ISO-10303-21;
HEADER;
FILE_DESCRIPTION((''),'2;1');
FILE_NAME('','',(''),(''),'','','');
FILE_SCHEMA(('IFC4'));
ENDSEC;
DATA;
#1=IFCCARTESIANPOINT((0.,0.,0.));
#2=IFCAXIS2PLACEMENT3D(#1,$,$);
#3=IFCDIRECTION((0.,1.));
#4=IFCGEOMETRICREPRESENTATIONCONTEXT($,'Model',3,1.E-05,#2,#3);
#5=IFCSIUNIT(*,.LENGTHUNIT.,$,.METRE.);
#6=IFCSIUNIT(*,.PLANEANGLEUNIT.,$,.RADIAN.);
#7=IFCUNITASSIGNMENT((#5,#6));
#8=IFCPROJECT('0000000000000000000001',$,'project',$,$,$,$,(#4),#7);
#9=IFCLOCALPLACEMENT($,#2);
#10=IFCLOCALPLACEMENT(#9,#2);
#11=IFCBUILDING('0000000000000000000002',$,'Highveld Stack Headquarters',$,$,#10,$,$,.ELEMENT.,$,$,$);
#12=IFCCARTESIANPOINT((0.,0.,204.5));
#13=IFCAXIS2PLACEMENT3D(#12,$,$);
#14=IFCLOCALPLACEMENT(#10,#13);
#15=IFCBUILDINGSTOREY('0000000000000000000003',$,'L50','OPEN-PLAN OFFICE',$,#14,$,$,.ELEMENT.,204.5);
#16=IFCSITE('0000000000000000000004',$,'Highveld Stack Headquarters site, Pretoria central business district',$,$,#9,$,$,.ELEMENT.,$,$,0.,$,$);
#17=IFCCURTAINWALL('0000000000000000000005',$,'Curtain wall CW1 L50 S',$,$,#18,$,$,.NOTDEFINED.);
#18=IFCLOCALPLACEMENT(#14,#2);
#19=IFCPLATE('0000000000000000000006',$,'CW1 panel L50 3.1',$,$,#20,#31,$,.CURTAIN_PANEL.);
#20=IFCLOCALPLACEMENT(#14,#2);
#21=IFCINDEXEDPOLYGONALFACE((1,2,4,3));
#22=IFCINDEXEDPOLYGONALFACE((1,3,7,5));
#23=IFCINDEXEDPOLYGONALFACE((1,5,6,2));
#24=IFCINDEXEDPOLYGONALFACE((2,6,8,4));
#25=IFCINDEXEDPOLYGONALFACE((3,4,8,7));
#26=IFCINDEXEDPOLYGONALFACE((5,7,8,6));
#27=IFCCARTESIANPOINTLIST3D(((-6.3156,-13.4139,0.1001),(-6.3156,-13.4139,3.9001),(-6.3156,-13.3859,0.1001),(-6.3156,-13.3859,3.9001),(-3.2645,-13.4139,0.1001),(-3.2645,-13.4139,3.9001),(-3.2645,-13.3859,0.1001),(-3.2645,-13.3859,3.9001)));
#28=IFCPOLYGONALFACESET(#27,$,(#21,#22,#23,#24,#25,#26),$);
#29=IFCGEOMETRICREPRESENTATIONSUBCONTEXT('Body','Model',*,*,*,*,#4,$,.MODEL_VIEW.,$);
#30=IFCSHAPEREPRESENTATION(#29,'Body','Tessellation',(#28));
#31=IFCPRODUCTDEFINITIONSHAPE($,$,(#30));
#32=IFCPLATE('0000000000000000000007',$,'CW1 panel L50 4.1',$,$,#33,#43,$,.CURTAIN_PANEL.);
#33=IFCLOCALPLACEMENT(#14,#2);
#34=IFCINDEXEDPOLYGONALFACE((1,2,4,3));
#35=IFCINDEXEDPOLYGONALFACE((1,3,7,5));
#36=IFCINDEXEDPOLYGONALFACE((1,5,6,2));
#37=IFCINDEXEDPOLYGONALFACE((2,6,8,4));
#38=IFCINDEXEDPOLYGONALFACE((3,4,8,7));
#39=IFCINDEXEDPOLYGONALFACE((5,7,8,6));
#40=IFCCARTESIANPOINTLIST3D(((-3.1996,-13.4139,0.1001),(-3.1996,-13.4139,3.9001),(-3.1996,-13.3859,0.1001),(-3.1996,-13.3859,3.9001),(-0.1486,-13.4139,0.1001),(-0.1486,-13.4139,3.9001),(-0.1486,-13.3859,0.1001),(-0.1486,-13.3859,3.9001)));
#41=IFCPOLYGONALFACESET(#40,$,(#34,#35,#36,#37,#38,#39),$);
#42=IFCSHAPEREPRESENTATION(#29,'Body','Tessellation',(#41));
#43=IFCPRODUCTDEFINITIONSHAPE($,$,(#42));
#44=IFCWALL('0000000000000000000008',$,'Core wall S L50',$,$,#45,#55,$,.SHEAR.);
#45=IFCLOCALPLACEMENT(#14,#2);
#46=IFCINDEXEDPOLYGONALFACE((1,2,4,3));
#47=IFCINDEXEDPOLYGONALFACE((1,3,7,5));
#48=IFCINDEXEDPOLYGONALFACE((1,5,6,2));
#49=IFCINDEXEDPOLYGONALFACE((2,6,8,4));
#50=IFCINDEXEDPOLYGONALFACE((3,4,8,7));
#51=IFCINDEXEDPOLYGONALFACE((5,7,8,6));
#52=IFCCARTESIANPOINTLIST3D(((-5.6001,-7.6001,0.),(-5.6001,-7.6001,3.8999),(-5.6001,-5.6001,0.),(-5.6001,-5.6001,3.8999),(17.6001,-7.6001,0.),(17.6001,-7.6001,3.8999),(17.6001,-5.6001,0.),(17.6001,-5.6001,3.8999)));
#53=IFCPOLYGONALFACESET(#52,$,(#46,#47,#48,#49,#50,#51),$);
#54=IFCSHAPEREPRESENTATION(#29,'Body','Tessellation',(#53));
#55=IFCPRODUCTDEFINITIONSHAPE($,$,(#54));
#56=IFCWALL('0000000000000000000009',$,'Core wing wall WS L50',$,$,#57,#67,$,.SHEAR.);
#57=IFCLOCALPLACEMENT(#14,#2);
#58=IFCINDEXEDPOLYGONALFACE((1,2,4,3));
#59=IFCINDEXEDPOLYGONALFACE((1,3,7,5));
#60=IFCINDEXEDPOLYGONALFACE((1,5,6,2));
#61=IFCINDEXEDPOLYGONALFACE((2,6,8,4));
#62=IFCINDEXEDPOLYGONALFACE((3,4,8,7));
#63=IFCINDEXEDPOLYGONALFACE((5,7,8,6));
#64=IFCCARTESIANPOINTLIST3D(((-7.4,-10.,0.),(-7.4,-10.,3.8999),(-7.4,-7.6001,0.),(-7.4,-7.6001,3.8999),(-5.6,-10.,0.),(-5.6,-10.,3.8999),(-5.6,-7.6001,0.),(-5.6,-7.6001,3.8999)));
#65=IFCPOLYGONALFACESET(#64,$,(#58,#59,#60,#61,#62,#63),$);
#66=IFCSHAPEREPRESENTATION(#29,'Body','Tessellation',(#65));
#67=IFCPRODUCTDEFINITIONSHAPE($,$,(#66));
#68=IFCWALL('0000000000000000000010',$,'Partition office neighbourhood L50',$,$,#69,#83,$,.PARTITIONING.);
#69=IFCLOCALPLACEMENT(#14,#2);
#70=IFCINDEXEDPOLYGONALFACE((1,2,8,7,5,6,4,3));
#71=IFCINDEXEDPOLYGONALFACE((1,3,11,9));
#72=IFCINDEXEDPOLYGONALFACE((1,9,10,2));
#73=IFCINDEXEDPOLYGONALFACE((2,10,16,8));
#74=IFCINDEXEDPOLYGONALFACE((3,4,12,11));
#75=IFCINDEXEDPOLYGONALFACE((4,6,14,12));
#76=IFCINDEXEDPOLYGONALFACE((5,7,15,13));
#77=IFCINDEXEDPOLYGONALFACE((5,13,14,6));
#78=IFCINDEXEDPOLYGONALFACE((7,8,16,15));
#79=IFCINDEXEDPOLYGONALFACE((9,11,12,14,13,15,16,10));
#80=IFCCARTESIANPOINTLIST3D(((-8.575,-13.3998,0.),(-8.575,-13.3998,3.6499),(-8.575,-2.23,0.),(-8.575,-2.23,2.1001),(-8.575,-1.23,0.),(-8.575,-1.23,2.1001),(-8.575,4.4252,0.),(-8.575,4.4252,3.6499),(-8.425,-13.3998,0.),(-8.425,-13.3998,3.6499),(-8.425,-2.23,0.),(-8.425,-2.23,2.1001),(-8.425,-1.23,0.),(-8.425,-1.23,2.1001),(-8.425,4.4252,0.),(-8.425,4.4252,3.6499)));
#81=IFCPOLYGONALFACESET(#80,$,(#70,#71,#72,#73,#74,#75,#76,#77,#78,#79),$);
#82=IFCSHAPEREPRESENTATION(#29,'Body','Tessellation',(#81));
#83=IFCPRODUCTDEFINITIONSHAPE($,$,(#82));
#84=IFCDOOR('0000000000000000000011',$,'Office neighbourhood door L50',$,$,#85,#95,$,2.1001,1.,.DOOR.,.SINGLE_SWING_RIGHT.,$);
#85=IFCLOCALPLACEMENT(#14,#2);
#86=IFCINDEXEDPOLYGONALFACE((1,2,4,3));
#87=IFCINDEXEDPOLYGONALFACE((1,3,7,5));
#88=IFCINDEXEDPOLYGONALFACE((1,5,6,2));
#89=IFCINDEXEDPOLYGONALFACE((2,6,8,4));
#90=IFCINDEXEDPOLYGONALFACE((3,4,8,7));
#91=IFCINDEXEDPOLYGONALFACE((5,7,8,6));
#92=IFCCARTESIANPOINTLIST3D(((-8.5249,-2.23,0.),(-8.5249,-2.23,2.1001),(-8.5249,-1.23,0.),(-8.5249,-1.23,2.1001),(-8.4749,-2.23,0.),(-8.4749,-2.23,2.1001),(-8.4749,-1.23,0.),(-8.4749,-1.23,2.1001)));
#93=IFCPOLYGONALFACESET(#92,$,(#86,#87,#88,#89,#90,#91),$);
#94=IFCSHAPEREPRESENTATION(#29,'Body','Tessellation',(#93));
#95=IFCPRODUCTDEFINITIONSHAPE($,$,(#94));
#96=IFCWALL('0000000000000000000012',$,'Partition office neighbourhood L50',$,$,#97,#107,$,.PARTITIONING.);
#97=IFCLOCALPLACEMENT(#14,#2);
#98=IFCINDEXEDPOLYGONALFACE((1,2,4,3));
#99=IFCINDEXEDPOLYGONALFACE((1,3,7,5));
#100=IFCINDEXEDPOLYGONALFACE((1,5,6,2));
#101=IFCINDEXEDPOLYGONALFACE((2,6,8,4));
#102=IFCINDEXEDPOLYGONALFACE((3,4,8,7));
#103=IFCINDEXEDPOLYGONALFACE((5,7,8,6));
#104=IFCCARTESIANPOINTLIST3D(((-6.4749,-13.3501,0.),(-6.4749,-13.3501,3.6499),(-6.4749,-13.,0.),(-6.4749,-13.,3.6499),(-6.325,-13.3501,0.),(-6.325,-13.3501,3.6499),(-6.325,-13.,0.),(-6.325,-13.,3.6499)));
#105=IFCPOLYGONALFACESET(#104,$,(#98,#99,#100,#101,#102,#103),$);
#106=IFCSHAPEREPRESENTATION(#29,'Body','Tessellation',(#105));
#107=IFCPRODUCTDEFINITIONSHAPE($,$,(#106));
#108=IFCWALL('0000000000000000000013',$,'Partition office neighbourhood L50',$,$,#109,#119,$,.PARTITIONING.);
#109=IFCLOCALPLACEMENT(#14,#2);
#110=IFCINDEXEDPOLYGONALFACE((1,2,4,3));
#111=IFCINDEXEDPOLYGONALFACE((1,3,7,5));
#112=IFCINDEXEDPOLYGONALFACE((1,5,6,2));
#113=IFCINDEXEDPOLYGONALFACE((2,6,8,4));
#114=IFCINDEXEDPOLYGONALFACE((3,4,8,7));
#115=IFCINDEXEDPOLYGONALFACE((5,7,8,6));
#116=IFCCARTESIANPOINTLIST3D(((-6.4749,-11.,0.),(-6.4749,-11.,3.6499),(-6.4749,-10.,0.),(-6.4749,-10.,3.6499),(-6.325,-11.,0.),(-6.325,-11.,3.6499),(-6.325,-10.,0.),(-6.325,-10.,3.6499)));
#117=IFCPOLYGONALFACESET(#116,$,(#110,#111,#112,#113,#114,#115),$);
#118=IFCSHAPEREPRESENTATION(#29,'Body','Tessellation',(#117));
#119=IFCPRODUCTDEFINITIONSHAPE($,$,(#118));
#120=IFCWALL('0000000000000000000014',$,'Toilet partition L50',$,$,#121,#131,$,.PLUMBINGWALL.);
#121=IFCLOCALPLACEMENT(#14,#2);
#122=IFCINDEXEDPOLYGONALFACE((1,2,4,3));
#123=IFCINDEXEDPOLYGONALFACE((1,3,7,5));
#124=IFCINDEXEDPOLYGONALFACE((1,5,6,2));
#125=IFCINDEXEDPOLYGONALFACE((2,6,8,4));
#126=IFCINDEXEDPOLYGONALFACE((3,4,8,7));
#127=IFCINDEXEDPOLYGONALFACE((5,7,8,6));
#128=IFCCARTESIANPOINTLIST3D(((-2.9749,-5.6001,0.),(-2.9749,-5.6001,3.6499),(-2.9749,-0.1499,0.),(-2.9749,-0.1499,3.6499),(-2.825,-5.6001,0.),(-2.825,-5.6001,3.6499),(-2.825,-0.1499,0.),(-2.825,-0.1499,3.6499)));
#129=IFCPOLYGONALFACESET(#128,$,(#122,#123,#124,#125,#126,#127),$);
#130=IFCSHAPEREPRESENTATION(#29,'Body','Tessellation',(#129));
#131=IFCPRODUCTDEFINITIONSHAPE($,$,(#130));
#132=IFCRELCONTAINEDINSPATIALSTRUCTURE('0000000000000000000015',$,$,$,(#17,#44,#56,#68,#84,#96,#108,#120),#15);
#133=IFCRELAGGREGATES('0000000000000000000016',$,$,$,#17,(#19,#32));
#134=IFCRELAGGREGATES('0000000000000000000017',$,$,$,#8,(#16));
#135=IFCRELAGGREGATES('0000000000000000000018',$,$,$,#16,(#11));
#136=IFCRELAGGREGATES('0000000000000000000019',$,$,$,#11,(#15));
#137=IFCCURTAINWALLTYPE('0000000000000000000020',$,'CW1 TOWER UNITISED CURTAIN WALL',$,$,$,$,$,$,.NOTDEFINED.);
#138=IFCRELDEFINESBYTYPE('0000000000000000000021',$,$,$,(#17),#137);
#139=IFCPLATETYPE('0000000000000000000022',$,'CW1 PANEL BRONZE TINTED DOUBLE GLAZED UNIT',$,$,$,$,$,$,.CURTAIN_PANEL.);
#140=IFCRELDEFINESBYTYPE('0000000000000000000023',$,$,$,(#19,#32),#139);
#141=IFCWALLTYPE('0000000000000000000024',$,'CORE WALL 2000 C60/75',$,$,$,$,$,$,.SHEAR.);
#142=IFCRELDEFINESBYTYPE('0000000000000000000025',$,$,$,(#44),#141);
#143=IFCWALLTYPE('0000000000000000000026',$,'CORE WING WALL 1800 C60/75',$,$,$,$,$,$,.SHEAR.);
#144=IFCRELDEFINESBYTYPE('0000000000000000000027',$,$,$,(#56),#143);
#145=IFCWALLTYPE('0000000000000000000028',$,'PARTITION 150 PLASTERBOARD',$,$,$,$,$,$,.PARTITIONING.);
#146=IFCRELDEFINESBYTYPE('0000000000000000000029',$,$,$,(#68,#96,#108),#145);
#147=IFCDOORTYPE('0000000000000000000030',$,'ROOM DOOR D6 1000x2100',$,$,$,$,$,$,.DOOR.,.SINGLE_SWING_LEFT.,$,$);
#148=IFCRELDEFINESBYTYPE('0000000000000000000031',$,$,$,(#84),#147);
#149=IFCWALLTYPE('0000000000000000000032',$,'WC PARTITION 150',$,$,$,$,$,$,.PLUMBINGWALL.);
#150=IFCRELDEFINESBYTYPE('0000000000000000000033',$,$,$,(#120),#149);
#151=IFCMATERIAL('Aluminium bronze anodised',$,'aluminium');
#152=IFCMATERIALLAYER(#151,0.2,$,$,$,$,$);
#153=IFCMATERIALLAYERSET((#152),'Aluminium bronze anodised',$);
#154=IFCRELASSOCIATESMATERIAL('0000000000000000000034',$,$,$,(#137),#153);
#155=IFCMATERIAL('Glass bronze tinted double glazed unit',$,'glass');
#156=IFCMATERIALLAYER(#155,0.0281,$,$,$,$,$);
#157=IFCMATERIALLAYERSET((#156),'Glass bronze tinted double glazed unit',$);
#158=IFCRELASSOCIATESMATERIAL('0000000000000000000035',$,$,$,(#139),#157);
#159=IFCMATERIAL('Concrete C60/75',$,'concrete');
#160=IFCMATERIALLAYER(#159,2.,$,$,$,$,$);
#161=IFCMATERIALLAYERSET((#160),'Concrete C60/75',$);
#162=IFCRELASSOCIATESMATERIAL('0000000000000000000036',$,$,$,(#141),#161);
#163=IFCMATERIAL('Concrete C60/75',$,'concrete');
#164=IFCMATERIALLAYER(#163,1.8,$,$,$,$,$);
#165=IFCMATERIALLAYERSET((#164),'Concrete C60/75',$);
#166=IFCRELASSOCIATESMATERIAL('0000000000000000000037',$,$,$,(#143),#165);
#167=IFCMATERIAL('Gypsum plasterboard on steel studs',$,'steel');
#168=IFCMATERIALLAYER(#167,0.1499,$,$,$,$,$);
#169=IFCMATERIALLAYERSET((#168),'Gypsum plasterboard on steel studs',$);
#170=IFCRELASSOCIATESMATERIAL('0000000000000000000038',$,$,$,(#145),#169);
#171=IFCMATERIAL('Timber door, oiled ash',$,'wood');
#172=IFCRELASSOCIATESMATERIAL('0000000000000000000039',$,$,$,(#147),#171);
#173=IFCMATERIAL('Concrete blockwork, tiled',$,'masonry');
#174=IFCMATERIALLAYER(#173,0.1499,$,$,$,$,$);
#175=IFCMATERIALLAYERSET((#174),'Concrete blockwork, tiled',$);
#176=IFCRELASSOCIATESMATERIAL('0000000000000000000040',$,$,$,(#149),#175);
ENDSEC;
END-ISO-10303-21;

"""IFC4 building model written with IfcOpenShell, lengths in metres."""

from ifc_helpers import new_model, si_unit, direction, frame, frame_2d, origin, origin_2d, place, context, subcontext, project, spatial, rectangle, extrude, material, layer, layer_set, type_object, element, fill, aggregate, save


model = new_model("IFC4")

# Units and contexts
model_context = context("Model", 3, precision=1e-05, world=origin(), true_north=direction((0.0, 1.0)))
body_context = subcontext(model_context, "Body", "Model", "MODEL_VIEW")
ifc_project = project(units=[si_unit("LENGTHUNIT", "METRE"), si_unit("PLANEANGLEUNIT", "RADIAN")], contexts=[model_context])

# Site, building, storey
site_placement = place(None, origin())
site = spatial("IfcSite", under=ifc_project, at=site_placement, Name="Highveld Stack Headquarters site, Pretoria central business district", CompositionType="ELEMENT", RefElevation=0.0)
building_placement = place(site_placement, origin())
building = spatial("IfcBuilding", under=site, at=building_placement, Name="Highveld Stack Headquarters", CompositionType="ELEMENT")
storey_placement = place(building_placement, frame((0.0, 0.0, 204.5)))
storey = spatial("IfcBuildingStorey", under=building, at=storey_placement, Name="L50", Description="OPEN-PLAN OFFICE", CompositionType="ELEMENT", Elevation=204.5)

# Curtain wall, plates
ifc_material_1 = material(Name="Aluminium bronze anodised", Category="aluminium")
ifc_layer_1 = layer(ifc_material_1, 0.2)
ifc_layer_set_1 = layer_set([ifc_layer_1], Name="Aluminium bronze anodised")
curtain_wall_type = type_object("IfcCurtainWallType", Name="CW1 TOWER UNITISED CURTAIN WALL", PredefinedType="NOTDEFINED", material=ifc_layer_set_1)
curtain_wall_placement = place(storey_placement, origin())
curtain_wall = element("IfcCurtainWall", 1, at=curtain_wall_placement, inside=storey, type_object=curtain_wall_type, Name="Curtain wall CW1 L50 S", PredefinedType="NOTDEFINED")
ifc_material_2 = material(Name="Glass bronze tinted double glazed unit", Category="glass")
ifc_layer_2 = layer(ifc_material_2, 0.0281)
ifc_layer_set_2 = layer_set([ifc_layer_2], Name="Glass bronze tinted double glazed unit")
plate_type = type_object("IfcPlateType", Name="CW1 PANEL BRONZE TINTED DOUBLE GLAZED UNIT", PredefinedType="CURTAIN_PANEL", material=ifc_layer_set_2)
plate_1_placement = place(storey_placement, frame((-4.79, -13.3999, 0.1001), z_axis=(0.0, 0.0, 1.0), x_axis=(1.0, 0.0, 0.0)))
plate_1 = element("IfcPlate", 2, at=plate_1_placement, type_object=plate_type, Name="CW1 panel L50 3.1", PredefinedType="CURTAIN_PANEL", context=body_context, shape_type="SweptSolid", body=[
    extrude(rectangle(XDim=3.051, YDim=0.0281, at=origin_2d()), origin(), (0.0, 0.0, 1.0), 3.8),
])
plate_2_placement = place(storey_placement, frame((-1.6741, -13.3999, 0.1001), z_axis=(0.0, 0.0, 1.0), x_axis=(1.0, 0.0, 0.0)))
plate_2 = element("IfcPlate", 3, at=plate_2_placement, type_object=plate_type, Name="CW1 panel L50 4.1", PredefinedType="CURTAIN_PANEL", context=body_context, shape_type="SweptSolid", body=[
    extrude(rectangle(XDim=3.051, YDim=0.0281, at=origin_2d()), origin(), (0.0, 0.0, 1.0), 3.8),
])
aggregate(curtain_wall, [plate_1, plate_2])

# Walls
ifc_material_3 = material(Name="Concrete C60/75", Category="concrete")
ifc_layer_3 = layer(ifc_material_3, 2.0)
ifc_layer_set_3 = layer_set([ifc_layer_3], Name="Concrete C60/75")
wall_type_1 = type_object("IfcWallType", Name="CORE WALL 2000 C60/75", PredefinedType="SHEAR", material=ifc_layer_set_3)
wall_1_placement = place(storey_placement, frame((-5.6001, -6.6001, 0.0), z_axis=(0.0, 0.0, 1.0), x_axis=(1.0, 0.0, 0.0)))
element("IfcWall", 4, at=wall_1_placement, inside=storey, type_object=wall_type_1, Name="Core wall S L50", PredefinedType="SHEAR", context=body_context, shape_type="SweptSolid", body=[
    extrude(rectangle(XDim=23.2002, YDim=2.0, at=frame_2d((11.6001, 0.0))), origin(), (0.0, 0.0, 1.0), 3.8999),
])
ifc_material_4 = material(Name="Concrete C60/75", Category="concrete")
ifc_layer_4 = layer(ifc_material_4, 1.8)
ifc_layer_set_4 = layer_set([ifc_layer_4], Name="Concrete C60/75")
wall_type_2 = type_object("IfcWallType", Name="CORE WING WALL 1800 C60/75", PredefinedType="SHEAR", material=ifc_layer_set_4)
wall_2_placement = place(storey_placement, frame((-6.5, -10.0, 0.0), z_axis=(0.0, 0.0, 1.0), x_axis=(0.0, 1.0, 0.0)))
element("IfcWall", 5, at=wall_2_placement, inside=storey, type_object=wall_type_2, Name="Core wing wall WS L50", PredefinedType="SHEAR", context=body_context, shape_type="SweptSolid", body=[
    extrude(rectangle(XDim=2.3999, YDim=1.8, at=frame_2d((1.2, 0.0))), origin(), (0.0, 0.0, 1.0), 3.8999),
])

# Wall, opening, door
ifc_material_5 = material(Name="Gypsum plasterboard on steel studs", Category="steel")
ifc_layer_5 = layer(ifc_material_5, 0.1499)
ifc_layer_set_5 = layer_set([ifc_layer_5], Name="Gypsum plasterboard on steel studs")
wall_type_3 = type_object("IfcWallType", Name="PARTITION 150 PLASTERBOARD", PredefinedType="PARTITIONING", material=ifc_layer_set_5)
wall_3_placement = place(storey_placement, frame((-8.5, -13.3999, 0.0), z_axis=(0.0, 0.0, 1.0), x_axis=(0.0, 1.0, 0.0)))
wall_3 = element("IfcWall", 6, at=wall_3_placement, inside=storey, type_object=wall_type_3, Name="Partition office neighbourhood L50", PredefinedType="PARTITIONING", context=body_context, shape_type="SweptSolid", body=[
    extrude(rectangle(XDim=17.825, YDim=0.1499, at=frame_2d((8.9126, 0.0))), origin(), (0.0, 0.0, 1.0), 3.6499),
])
opening_1_placement = place(wall_3_placement, frame((11.1699, 0.0, 0.0)))
opening_1 = element("IfcOpeningElement", 7, at=opening_1_placement, cuts=wall_3, PredefinedType="OPENING", context=body_context, shape_type="SweptSolid", body=[
    extrude(rectangle(XDim=1.0, YDim=2.1001, at=frame_2d((0.5, 1.05))), frame((0.0, 0.085, 0.0), z_axis=(0.0, -1.0, 0.0), x_axis=(1.0, 0.0, 0.0)), (0.0, 0.0, 1.0), 0.1699),
])
ifc_material_6 = material(Name="Timber door, oiled ash", Category="wood")
door_type_1 = type_object("IfcDoorType", Name="ROOM DOOR D6 1000x2100", OperationType="SINGLE_SWING_LEFT", PredefinedType="DOOR", material=ifc_material_6)
door_1_placement = place(opening_1_placement, origin())
door_1 = element("IfcDoor", 8, at=door_1_placement, inside=storey, type_object=door_type_1, Name="Office neighbourhood door L50", OperationType="SINGLE_SWING_RIGHT", OverallHeight=2.1001, OverallWidth=1.0, PredefinedType="DOOR", context=body_context, shape_type="SweptSolid", body=[
    extrude(rectangle(XDim=1.0, YDim=2.1001, at=frame_2d((0.5, 1.05))), frame((0.0, 0.0249, 0.0), z_axis=(0.0, -1.0, 0.0), x_axis=(1.0, 0.0, 0.0)), (0.0, 0.0, 1.0), 0.05),
])
fill(opening_1, door_1)

# Walls
wall_4_placement = place(storey_placement, frame((-6.3999, -13.3501, 0.0), z_axis=(0.0, 0.0, 1.0), x_axis=(0.0, 1.0, 0.0)))
element("IfcWall", 9, at=wall_4_placement, inside=storey, type_object=wall_type_3, Name="Partition office neighbourhood L50", PredefinedType="PARTITIONING", context=body_context, shape_type="SweptSolid", body=[
    extrude(rectangle(XDim=0.3501, YDim=0.1499, at=frame_2d((0.175, 0.0))), origin(), (0.0, 0.0, 1.0), 3.6499),
])
wall_5_placement = place(storey_placement, frame((-6.3999, -11.0, 0.0), z_axis=(0.0, 0.0, 1.0), x_axis=(0.0, 1.0, 0.0)))
element("IfcWall", 10, at=wall_5_placement, inside=storey, type_object=wall_type_3, Name="Partition office neighbourhood L50", PredefinedType="PARTITIONING", context=body_context, shape_type="SweptSolid", body=[
    extrude(rectangle(XDim=1.0, YDim=0.1499, at=frame_2d((0.5, 0.0))), origin(), (0.0, 0.0, 1.0), 3.6499),
])
ifc_material_7 = material(Name="Concrete blockwork, tiled", Category="masonry")
ifc_layer_6 = layer(ifc_material_7, 0.1499)
ifc_layer_set_6 = layer_set([ifc_layer_6], Name="Concrete blockwork, tiled")
wall_type_4 = type_object("IfcWallType", Name="WC PARTITION 150", PredefinedType="PLUMBINGWALL", material=ifc_layer_set_6)
wall_6_placement = place(storey_placement, frame((-2.8999, -5.6001, 0.0), z_axis=(0.0, 0.0, 1.0), x_axis=(0.0, 1.0, 0.0)))
element("IfcWall", 11, at=wall_6_placement, inside=storey, type_object=wall_type_4, Name="Toilet partition L50", PredefinedType="PLUMBINGWALL", context=body_context, shape_type="SweptSolid", body=[
    extrude(rectangle(XDim=5.4502, YDim=0.1499, at=frame_2d((2.7251, 0.0))), origin(), (0.0, 0.0, 1.0), 3.6499),
])

save(model, "model.ifc")
